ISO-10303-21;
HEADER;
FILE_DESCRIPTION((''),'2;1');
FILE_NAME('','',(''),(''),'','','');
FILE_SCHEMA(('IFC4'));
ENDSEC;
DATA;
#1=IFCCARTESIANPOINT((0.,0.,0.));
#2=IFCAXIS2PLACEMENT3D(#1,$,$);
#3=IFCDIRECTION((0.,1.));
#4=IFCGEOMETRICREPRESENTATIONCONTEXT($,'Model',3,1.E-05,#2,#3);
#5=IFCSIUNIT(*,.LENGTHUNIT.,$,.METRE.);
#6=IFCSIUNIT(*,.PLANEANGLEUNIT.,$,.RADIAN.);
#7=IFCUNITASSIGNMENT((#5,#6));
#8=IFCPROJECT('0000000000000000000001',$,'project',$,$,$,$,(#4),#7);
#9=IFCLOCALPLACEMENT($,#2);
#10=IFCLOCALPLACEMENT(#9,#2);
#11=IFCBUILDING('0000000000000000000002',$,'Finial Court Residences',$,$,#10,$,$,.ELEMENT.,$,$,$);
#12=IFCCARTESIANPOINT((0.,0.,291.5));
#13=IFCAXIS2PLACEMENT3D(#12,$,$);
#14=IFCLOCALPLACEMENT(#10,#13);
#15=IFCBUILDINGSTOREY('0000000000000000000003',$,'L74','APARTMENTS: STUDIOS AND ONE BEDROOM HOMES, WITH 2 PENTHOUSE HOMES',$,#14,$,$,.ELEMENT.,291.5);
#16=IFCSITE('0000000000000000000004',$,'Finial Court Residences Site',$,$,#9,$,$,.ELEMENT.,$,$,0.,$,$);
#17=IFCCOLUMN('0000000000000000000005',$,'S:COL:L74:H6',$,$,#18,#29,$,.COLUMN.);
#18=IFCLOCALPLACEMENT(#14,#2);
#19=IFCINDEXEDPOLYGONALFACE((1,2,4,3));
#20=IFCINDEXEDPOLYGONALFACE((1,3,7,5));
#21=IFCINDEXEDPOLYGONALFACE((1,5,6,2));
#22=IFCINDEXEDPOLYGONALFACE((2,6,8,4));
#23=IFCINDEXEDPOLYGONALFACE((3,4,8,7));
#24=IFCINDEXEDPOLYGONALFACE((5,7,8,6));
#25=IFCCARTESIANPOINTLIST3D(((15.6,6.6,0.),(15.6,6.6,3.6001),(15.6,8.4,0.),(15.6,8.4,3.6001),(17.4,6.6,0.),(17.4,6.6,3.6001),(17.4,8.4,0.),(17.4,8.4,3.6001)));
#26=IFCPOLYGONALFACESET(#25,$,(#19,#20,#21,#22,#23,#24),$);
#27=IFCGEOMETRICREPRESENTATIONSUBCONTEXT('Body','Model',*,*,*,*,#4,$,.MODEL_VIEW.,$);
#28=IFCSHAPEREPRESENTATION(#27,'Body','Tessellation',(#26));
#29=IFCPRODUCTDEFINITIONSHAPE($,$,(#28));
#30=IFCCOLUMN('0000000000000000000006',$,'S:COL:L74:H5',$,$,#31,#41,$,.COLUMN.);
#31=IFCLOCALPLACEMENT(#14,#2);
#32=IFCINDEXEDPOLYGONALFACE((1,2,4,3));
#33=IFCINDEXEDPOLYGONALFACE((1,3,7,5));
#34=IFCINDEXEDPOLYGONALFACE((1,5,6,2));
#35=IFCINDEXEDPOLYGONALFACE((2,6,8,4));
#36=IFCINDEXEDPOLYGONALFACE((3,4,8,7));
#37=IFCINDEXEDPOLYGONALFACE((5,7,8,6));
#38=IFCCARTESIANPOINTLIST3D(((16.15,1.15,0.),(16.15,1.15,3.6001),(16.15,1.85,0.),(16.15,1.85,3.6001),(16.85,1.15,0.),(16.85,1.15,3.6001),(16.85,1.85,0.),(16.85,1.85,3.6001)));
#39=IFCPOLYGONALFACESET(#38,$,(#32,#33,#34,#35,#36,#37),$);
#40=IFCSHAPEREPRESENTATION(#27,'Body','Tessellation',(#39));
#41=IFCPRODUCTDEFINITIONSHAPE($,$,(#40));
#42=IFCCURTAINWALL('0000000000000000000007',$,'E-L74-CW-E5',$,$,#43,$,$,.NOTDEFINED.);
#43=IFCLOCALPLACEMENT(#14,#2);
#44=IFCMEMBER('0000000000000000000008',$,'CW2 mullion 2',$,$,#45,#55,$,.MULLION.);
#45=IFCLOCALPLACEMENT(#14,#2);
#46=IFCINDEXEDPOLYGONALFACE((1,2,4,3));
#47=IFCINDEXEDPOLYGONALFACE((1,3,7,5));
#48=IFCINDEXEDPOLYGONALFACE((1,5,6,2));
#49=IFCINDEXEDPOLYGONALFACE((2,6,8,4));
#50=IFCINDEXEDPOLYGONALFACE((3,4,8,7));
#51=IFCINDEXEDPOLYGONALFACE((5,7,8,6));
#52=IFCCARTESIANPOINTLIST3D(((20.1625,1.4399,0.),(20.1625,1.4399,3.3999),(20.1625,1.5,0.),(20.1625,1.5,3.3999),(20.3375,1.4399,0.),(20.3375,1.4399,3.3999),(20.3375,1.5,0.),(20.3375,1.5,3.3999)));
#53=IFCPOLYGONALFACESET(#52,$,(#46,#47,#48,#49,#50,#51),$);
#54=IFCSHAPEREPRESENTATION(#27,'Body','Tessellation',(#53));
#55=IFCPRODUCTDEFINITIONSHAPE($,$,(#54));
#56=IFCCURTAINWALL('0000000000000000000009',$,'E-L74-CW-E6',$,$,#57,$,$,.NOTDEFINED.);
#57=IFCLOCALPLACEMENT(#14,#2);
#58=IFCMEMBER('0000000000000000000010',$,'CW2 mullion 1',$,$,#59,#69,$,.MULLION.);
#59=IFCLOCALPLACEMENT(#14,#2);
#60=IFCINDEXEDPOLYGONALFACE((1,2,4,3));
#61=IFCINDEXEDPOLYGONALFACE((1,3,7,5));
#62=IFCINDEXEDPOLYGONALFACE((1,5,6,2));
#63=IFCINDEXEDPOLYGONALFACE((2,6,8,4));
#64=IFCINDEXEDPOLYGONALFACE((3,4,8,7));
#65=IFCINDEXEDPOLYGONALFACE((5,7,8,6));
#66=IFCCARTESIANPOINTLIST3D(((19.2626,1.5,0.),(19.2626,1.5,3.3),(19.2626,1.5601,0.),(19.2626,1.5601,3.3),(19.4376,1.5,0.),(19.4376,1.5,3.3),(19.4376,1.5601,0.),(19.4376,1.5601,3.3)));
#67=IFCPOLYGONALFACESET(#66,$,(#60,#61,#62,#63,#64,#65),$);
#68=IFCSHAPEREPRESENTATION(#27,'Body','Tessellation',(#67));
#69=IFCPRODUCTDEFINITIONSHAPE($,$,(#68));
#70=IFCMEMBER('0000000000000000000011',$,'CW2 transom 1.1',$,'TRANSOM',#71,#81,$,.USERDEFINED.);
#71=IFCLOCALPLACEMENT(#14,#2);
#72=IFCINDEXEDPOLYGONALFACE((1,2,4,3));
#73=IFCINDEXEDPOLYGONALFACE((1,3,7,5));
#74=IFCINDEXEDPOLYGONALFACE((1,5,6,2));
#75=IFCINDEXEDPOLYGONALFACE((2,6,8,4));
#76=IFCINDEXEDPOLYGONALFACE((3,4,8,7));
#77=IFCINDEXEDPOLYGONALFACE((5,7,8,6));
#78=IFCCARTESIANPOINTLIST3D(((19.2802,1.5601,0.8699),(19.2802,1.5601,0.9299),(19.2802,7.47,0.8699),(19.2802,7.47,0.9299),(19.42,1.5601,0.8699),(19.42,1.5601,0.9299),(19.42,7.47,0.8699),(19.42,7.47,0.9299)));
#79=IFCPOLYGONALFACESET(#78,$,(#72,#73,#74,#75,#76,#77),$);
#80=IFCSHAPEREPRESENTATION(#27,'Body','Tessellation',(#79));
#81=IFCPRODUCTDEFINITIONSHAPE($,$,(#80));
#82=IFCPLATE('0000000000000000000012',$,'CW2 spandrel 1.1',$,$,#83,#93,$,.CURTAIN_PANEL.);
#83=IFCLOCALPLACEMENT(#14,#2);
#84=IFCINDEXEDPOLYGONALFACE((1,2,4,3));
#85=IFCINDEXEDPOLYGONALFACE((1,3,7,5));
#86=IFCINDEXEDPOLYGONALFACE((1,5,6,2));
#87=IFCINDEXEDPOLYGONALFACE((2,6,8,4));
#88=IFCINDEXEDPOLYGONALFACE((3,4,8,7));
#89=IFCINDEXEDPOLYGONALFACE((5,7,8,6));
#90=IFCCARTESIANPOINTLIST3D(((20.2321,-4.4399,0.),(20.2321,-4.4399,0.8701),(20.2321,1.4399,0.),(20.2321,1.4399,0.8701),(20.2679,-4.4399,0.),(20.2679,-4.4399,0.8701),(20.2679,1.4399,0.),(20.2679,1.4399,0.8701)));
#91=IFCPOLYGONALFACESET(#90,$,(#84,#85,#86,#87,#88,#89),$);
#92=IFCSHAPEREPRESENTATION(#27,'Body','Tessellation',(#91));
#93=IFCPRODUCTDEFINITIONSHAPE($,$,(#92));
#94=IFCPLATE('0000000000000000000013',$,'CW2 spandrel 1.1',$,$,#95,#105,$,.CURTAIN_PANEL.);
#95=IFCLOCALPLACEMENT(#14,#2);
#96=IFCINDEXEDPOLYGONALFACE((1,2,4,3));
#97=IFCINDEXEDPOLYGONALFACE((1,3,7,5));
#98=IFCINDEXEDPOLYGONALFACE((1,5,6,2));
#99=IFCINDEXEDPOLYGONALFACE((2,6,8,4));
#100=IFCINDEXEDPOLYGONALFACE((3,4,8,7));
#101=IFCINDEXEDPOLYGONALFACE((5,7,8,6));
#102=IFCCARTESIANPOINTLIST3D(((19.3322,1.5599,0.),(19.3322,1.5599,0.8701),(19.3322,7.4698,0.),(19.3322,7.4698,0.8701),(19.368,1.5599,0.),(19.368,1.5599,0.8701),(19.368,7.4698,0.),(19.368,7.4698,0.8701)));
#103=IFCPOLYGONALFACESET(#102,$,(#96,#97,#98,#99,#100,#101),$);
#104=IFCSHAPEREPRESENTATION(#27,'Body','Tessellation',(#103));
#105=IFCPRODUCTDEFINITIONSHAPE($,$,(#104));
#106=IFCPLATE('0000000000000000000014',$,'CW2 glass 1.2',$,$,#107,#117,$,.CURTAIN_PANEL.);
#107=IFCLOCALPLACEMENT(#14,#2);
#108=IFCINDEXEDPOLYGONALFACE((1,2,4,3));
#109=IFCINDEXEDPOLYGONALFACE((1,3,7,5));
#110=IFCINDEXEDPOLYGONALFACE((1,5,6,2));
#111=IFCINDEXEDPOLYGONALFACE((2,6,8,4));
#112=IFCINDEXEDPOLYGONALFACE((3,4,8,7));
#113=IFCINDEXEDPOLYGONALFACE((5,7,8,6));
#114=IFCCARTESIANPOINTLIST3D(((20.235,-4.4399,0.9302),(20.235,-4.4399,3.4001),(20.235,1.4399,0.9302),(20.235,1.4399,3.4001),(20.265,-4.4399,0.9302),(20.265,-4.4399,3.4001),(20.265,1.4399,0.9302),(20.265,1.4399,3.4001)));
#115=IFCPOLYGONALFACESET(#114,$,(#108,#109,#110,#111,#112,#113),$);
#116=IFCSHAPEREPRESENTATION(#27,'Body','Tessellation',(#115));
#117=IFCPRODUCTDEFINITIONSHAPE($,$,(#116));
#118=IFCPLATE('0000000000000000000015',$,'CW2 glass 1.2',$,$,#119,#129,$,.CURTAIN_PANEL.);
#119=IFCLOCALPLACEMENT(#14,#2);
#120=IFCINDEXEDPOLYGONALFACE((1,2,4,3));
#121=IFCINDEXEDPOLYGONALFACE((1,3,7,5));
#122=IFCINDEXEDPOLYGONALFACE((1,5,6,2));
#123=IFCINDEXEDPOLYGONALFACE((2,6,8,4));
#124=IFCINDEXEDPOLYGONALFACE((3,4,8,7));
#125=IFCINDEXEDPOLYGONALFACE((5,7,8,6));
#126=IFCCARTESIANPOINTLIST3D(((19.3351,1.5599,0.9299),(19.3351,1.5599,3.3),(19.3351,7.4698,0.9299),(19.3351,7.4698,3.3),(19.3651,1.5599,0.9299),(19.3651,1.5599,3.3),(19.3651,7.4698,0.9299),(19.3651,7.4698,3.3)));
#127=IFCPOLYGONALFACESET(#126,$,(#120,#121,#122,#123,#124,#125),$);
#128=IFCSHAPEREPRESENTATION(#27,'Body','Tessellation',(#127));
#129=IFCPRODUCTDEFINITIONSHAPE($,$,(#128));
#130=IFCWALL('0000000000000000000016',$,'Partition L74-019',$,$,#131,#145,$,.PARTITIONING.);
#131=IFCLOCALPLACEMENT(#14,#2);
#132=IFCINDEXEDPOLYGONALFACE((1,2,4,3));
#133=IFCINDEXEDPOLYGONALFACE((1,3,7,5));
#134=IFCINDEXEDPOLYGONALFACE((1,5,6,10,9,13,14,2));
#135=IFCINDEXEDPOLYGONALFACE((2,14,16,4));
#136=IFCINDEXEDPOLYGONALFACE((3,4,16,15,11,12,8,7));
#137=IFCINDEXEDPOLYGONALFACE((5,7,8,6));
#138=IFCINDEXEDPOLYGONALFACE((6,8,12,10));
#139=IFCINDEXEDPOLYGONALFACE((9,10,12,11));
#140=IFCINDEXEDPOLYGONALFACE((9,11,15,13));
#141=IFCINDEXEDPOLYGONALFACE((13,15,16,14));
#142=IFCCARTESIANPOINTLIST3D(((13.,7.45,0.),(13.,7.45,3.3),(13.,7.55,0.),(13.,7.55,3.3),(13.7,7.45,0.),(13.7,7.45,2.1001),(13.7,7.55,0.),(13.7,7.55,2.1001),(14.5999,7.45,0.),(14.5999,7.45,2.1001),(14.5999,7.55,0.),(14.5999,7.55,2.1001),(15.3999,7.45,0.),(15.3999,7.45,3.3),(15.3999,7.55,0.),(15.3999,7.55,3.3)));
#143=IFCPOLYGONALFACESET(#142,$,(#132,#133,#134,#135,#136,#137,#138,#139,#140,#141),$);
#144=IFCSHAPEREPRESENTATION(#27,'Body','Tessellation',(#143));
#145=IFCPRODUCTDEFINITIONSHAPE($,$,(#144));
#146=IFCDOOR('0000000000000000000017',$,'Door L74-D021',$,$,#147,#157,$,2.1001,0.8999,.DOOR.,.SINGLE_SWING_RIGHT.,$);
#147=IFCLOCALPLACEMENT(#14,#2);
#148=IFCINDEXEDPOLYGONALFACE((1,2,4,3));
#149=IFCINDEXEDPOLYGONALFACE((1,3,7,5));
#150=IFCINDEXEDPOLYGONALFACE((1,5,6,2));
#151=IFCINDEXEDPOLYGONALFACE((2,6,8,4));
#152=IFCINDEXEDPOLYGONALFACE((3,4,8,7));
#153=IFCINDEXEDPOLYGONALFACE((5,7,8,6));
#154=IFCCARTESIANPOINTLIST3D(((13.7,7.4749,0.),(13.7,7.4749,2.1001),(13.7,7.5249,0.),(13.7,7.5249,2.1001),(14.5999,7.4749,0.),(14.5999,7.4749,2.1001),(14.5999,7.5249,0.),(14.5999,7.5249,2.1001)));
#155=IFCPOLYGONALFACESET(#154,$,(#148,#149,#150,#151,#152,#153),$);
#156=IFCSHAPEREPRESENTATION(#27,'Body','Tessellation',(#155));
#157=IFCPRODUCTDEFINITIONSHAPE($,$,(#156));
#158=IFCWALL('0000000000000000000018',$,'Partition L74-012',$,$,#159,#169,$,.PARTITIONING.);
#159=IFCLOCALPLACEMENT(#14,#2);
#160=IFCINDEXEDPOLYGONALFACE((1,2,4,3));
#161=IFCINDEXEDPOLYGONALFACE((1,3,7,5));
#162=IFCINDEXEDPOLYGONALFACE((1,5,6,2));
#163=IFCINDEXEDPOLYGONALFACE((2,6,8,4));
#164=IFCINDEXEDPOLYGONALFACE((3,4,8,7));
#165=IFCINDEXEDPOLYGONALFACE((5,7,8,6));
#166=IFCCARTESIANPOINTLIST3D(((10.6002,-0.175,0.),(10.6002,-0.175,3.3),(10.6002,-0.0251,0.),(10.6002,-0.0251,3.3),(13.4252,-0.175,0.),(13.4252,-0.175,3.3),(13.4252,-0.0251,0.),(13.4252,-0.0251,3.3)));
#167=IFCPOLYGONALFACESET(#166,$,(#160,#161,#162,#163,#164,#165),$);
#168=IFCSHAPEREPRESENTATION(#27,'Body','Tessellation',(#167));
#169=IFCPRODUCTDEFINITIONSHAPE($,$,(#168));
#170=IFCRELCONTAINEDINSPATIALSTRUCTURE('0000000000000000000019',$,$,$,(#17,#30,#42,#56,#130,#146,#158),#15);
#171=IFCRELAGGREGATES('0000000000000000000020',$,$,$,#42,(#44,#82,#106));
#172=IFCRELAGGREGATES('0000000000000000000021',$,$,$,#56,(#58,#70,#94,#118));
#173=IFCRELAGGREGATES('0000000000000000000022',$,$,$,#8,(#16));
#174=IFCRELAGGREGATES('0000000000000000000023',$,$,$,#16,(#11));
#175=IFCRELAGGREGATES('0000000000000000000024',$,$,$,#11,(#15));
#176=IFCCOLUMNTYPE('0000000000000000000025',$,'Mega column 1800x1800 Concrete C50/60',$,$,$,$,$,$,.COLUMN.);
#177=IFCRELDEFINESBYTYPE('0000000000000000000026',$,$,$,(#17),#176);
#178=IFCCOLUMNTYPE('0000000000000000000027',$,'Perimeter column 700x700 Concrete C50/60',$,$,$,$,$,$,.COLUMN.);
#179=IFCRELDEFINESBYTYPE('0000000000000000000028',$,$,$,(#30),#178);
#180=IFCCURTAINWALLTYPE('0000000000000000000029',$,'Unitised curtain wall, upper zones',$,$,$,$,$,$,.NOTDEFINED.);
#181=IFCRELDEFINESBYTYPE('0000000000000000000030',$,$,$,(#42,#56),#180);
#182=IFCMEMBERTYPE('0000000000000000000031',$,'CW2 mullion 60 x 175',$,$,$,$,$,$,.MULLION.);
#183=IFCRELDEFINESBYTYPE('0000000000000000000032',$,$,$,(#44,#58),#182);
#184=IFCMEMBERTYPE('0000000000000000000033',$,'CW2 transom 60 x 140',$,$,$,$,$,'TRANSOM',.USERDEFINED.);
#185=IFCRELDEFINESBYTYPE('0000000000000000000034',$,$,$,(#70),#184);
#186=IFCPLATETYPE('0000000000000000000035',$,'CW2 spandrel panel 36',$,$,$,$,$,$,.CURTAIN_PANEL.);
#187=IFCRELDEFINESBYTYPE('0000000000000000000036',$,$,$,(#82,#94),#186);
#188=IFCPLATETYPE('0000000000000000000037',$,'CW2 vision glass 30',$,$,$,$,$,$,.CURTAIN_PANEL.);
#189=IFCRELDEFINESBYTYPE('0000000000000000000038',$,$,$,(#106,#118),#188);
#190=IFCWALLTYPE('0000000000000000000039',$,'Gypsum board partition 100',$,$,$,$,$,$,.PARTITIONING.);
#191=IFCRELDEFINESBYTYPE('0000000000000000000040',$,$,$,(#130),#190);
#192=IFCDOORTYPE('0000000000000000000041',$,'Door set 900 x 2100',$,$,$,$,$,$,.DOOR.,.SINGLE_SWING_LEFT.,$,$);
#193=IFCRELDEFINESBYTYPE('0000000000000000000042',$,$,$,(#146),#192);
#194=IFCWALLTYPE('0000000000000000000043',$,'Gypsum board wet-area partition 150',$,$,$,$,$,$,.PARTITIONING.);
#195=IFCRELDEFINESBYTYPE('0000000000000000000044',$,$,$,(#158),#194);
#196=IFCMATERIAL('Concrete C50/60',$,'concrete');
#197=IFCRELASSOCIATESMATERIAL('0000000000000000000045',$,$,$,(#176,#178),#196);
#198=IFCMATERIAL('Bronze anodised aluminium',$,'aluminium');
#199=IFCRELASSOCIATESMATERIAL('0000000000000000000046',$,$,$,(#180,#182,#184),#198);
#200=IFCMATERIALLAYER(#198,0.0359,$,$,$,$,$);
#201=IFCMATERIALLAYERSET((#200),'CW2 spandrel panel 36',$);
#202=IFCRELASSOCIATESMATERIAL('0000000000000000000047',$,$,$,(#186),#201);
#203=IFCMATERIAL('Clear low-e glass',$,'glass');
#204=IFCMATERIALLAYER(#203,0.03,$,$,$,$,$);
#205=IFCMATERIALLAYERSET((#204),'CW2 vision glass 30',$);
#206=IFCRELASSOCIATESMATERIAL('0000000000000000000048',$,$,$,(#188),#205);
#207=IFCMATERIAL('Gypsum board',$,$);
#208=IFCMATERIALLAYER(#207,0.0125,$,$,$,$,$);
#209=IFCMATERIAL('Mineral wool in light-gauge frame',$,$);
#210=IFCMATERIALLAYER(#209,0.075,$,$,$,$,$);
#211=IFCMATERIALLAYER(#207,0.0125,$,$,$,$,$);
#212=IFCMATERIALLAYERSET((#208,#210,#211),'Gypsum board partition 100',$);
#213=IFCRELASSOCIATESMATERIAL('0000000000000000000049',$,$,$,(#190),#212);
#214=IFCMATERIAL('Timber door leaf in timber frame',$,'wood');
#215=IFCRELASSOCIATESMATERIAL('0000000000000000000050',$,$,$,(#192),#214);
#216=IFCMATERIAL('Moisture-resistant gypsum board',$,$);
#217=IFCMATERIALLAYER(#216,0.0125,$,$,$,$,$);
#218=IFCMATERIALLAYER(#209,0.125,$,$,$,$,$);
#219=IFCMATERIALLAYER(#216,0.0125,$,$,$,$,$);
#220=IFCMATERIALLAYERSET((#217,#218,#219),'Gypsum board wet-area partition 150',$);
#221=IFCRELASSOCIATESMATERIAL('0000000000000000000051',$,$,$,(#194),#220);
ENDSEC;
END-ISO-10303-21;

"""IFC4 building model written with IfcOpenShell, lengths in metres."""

from ifc_helpers import new_model, si_unit, direction, frame, frame_2d, origin, origin_2d, place, context, subcontext, project, spatial, rectangle, extrude, material, layer, layer_set, material_profile, profile_set, type_object, element, fill, aggregate, save


model = new_model("IFC4")

# Units and contexts
model_context = context("Model", 3, precision=1e-05, world=origin(), true_north=direction((0.0, 1.0)))
body_context = subcontext(model_context, "Body", "Model", "MODEL_VIEW")
ifc_project = project(units=[si_unit("LENGTHUNIT", "METRE"), si_unit("PLANEANGLEUNIT", "RADIAN")], contexts=[model_context])

# Site, building, storey
site_placement = place(None, origin())
site = spatial("IfcSite", under=ifc_project, at=site_placement, Name="Finial Court Residences Site", CompositionType="ELEMENT", RefElevation=0.0)
building_placement = place(site_placement, origin())
building = spatial("IfcBuilding", under=site, at=building_placement, Name="Finial Court Residences", CompositionType="ELEMENT")
storey_placement = place(building_placement, frame((0.0, 0.0, 291.5)))
storey = spatial("IfcBuildingStorey", under=building, at=storey_placement, Name="L74", Description="APARTMENTS: STUDIOS AND ONE BEDROOM HOMES, WITH 2 PENTHOUSE HOMES", CompositionType="ELEMENT", Elevation=291.5)

# Columns
ifc_material_1 = material(Name="Concrete C50/60", Category="concrete")
ifc_material_profile_1 = material_profile(ifc_material_1, rectangle(XDim=1.8, YDim=1.8, at=origin_2d()), Name="1800x1800")
ifc_profile_set_1 = profile_set([ifc_material_profile_1], Name="Concrete C50/60")
column_type_1 = type_object("IfcColumnType", Name="Mega column 1800x1800 Concrete C50/60", PredefinedType="COLUMN", material=ifc_profile_set_1)
column_1_placement = place(storey_placement, frame((16.5, 7.5, 0.0), z_axis=(0.0, 0.0, 1.0), x_axis=(1.0, 0.0, 0.0)))
element("IfcColumn", 1, at=column_1_placement, inside=storey, type_object=column_type_1, Name="S:COL:L74:H6", PredefinedType="COLUMN", context=body_context, shape_type="SweptSolid", body=[
    extrude(rectangle(XDim=1.8, YDim=1.8, at=origin_2d()), origin(), (0.0, 0.0, 1.0), 3.6001),
])
ifc_material_profile_2 = material_profile(ifc_material_1, rectangle(XDim=0.7, YDim=0.7, at=origin_2d()), Name="700x700")
ifc_profile_set_2 = profile_set([ifc_material_profile_2], Name="Concrete C50/60")
column_type_2 = type_object("IfcColumnType", Name="Perimeter column 700x700 Concrete C50/60", PredefinedType="COLUMN", material=ifc_profile_set_2)
column_2_placement = place(storey_placement, frame((16.5, 1.5, 0.0), z_axis=(0.0, 0.0, 1.0), x_axis=(1.0, 0.0, 0.0)))
element("IfcColumn", 2, at=column_2_placement, inside=storey, type_object=column_type_2, Name="S:COL:L74:H5", PredefinedType="COLUMN", context=body_context, shape_type="SweptSolid", body=[
    extrude(rectangle(XDim=0.7, YDim=0.7, at=origin_2d()), origin(), (0.0, 0.0, 1.0), 3.6001),
])

# Curtain wall, member
ifc_material_2 = material(Name="Bronze anodised aluminium", Category="aluminium")
curtain_wall_type = type_object("IfcCurtainWallType", Name="Unitised curtain wall, upper zones", PredefinedType="NOTDEFINED", material=ifc_material_2)
curtain_wall_1_placement = place(storey_placement, origin())
curtain_wall_1 = element("IfcCurtainWall", 3, at=curtain_wall_1_placement, inside=storey, type_object=curtain_wall_type, Name="E-L74-CW-E5", PredefinedType="NOTDEFINED")
ifc_material_profile_3 = material_profile(ifc_material_2, rectangle(XDim=0.175, YDim=0.0601, at=origin_2d()), Name="CW2 mullion 60 x 175")
ifc_profile_set_3 = profile_set([ifc_material_profile_3], Name="Bronze anodised aluminium")
member_type_1 = type_object("IfcMemberType", Name="CW2 mullion 60 x 175", PredefinedType="MULLION", material=ifc_profile_set_3)
member_1_placement = place(storey_placement, frame((20.25, 1.47, 0.0), z_axis=(0.0, 0.0, 1.0), x_axis=(-1.0, 0.0, 0.0)))
member_1 = element("IfcMember", 4, at=member_1_placement, type_object=member_type_1, Name="CW2 mullion 2", PredefinedType="MULLION", context=body_context, shape_type="SweptSolid", body=[
    extrude(rectangle(XDim=0.175, YDim=0.0601, at=origin_2d()), origin(), (0.0, 0.0, 1.0), 3.3999),
])

# Curtain wall, members
curtain_wall_2_placement = place(storey_placement, origin())
curtain_wall_2 = element("IfcCurtainWall", 5, at=curtain_wall_2_placement, inside=storey, type_object=curtain_wall_type, Name="E-L74-CW-E6", PredefinedType="NOTDEFINED")
member_2_placement = place(storey_placement, frame((19.3501, 1.53, 0.0), z_axis=(0.0, 0.0, 1.0), x_axis=(-1.0, 0.0, 0.0)))
member_2 = element("IfcMember", 6, at=member_2_placement, type_object=member_type_1, Name="CW2 mullion 1", PredefinedType="MULLION", context=body_context, shape_type="SweptSolid", body=[
    extrude(rectangle(XDim=0.175, YDim=0.0601, at=origin_2d()), origin(), (0.0, 0.0, 1.0), 3.3),
])
ifc_material_profile_4 = material_profile(ifc_material_2, rectangle(XDim=0.1399, YDim=0.0601, at=origin_2d()), Name="CW2 transom 60 x 140")
ifc_profile_set_4 = profile_set([ifc_material_profile_4], Name="Bronze anodised aluminium")
member_type_2 = type_object("IfcMemberType", Name="CW2 transom 60 x 140", ElementType="TRANSOM", PredefinedType="USERDEFINED", material=ifc_profile_set_4)
member_3_placement = place(storey_placement, frame((19.3501, 1.5601, 0.8999), z_axis=(0.0, 1.0, 0.0), x_axis=(-1.0, 0.0, 0.0)))
member_3 = element("IfcMember", 7, at=member_3_placement, type_object=member_type_2, Name="CW2 transom 1.1", ObjectType="TRANSOM", PredefinedType="USERDEFINED", context=body_context, shape_type="SweptSolid", body=[
    extrude(rectangle(XDim=0.1399, YDim=0.0601, at=origin_2d()), origin(), (0.0, 0.0, 1.0), 5.9099),
])

# Plates
ifc_layer_1 = layer(ifc_material_2, 0.0359)
ifc_layer_set_1 = layer_set([ifc_layer_1], Name="CW2 spandrel panel 36")
plate_type_1 = type_object("IfcPlateType", Name="CW2 spandrel panel 36", PredefinedType="CURTAIN_PANEL", material=ifc_layer_set_1)
plate_1_placement = place(storey_placement, frame((20.25, -1.5, 0.0), z_axis=(0.0, 0.0, 1.0), x_axis=(0.0, 1.0, 0.0)))
plate_1 = element("IfcPlate", 8, at=plate_1_placement, type_object=plate_type_1, Name="CW2 spandrel 1.1", PredefinedType="CURTAIN_PANEL", context=body_context, shape_type="SweptSolid", body=[
    extrude(rectangle(XDim=5.8799, YDim=0.0359, at=origin_2d()), origin(), (0.0, 0.0, 1.0), 0.8701),
])
plate_2_placement = place(storey_placement, frame((19.3501, 4.5149, 0.0), z_axis=(0.0, 0.0, 1.0), x_axis=(0.0, 1.0, 0.0)))
plate_2 = element("IfcPlate", 9, at=plate_2_placement, type_object=plate_type_1, Name="CW2 spandrel 1.1", PredefinedType="CURTAIN_PANEL", context=body_context, shape_type="SweptSolid", body=[
    extrude(rectangle(XDim=5.9099, YDim=0.0359, at=origin_2d()), origin(), (0.0, 0.0, 1.0), 0.8701),
])
ifc_material_3 = material(Name="Clear low-e glass", Category="glass")
ifc_layer_2 = layer(ifc_material_3, 0.03)
ifc_layer_set_2 = layer_set([ifc_layer_2], Name="CW2 vision glass 30")
plate_type_2 = type_object("IfcPlateType", Name="CW2 vision glass 30", PredefinedType="CURTAIN_PANEL", material=ifc_layer_set_2)
plate_3_placement = place(storey_placement, frame((20.25, -1.5, 0.9302), z_axis=(0.0, 0.0, 1.0), x_axis=(0.0, 1.0, 0.0)))
plate_3 = element("IfcPlate", 10, at=plate_3_placement, type_object=plate_type_2, Name="CW2 glass 1.2", PredefinedType="CURTAIN_PANEL", context=body_context, shape_type="SweptSolid", body=[
    extrude(rectangle(XDim=5.8799, YDim=0.03, at=origin_2d()), origin(), (0.0, 0.0, 1.0), 2.47),
])
aggregate(curtain_wall_1, [member_1, plate_1, plate_3])
plate_4_placement = place(storey_placement, frame((19.3501, 4.5149, 0.9299), z_axis=(0.0, 0.0, 1.0), x_axis=(0.0, 1.0, 0.0)))
plate_4 = element("IfcPlate", 11, at=plate_4_placement, type_object=plate_type_2, Name="CW2 glass 1.2", PredefinedType="CURTAIN_PANEL", context=body_context, shape_type="SweptSolid", body=[
    extrude(rectangle(XDim=5.9099, YDim=0.03, at=origin_2d()), origin(), (0.0, 0.0, 1.0), 2.3701),
])
aggregate(curtain_wall_2, [member_2, member_3, plate_2, plate_4])

# Wall, opening, door
ifc_material_4 = material(Name="Gypsum board")
ifc_layer_3 = layer(ifc_material_4, 0.0125)
ifc_material_5 = material(Name="Mineral wool in light-gauge frame")
ifc_layer_4 = layer(ifc_material_5, 0.075)
ifc_layer_5 = layer(ifc_material_4, 0.0125)
ifc_layer_set_3 = layer_set([ifc_layer_3, ifc_layer_4, ifc_layer_5], Name="Gypsum board partition 100")
wall_type_1 = type_object("IfcWallType", Name="Gypsum board partition 100", PredefinedType="PARTITIONING", material=ifc_layer_set_3)
wall_1_placement = place(storey_placement, frame((13.0, 7.5, 0.0), z_axis=(0.0, 0.0, 1.0), x_axis=(1.0, 0.0, 0.0)))
wall_1 = element("IfcWall", 12, at=wall_1_placement, inside=storey, type_object=wall_type_1, Name="Partition L74-019", PredefinedType="PARTITIONING", context=body_context, shape_type="SweptSolid", body=[
    extrude(rectangle(XDim=2.3999, YDim=0.1001, at=frame_2d((1.2, 0.0))), origin(), (0.0, 0.0, 1.0), 3.3),
])
opening_1_placement = place(wall_1_placement, frame((0.7, 0.0, 0.0)))
opening_1 = element("IfcOpeningElement", 13, at=opening_1_placement, cuts=wall_1, PredefinedType="OPENING", context=body_context, shape_type="SweptSolid", body=[
    extrude(rectangle(XDim=0.8999, YDim=2.1001, at=frame_2d((0.45, 1.05))), frame((0.0, 0.0601, 0.0), z_axis=(0.0, -1.0, 0.0), x_axis=(1.0, 0.0, 0.0)), (0.0, 0.0, 1.0), 0.1201),
])
ifc_material_6 = material(Name="Timber door leaf in timber frame", Category="wood")
door_type = type_object("IfcDoorType", Name="Door set 900 x 2100", OperationType="SINGLE_SWING_LEFT", PredefinedType="DOOR", material=ifc_material_6)
door_1_placement = place(opening_1_placement, origin())
door_1 = element("IfcDoor", 14, at=door_1_placement, inside=storey, type_object=door_type, Name="Door L74-D021", OperationType="SINGLE_SWING_RIGHT", OverallHeight=2.1001, OverallWidth=0.8999, PredefinedType="DOOR", context=body_context, shape_type="SweptSolid", body=[
    extrude(rectangle(XDim=0.8999, YDim=2.1001, at=frame_2d((0.45, 1.05))), frame((0.0, 0.0249, 0.0), z_axis=(0.0, -1.0, 0.0), x_axis=(1.0, 0.0, 0.0)), (0.0, 0.0, 1.0), 0.05),
])
fill(opening_1, door_1)

# Wall
ifc_material_7 = material(Name="Moisture-resistant gypsum board")
ifc_layer_6 = layer(ifc_material_7, 0.0125)
ifc_layer_7 = layer(ifc_material_5, 0.125)
ifc_layer_8 = layer(ifc_material_7, 0.0125)
ifc_layer_set_4 = layer_set([ifc_layer_6, ifc_layer_7, ifc_layer_8], Name="Gypsum board wet-area partition 150")
wall_type_2 = type_object("IfcWallType", Name="Gypsum board wet-area partition 150", PredefinedType="PARTITIONING", material=ifc_layer_set_4)
wall_2_placement = place(storey_placement, frame((10.6001, -0.1001, 0.0), z_axis=(0.0, 0.0, 1.0), x_axis=(1.0, 0.0, 0.0)))
element("IfcWall", 15, at=wall_2_placement, inside=storey, type_object=wall_type_2, Name="Partition L74-012", PredefinedType="PARTITIONING", context=body_context, shape_type="SweptSolid", body=[
    extrude(rectangle(XDim=2.825, YDim=0.1499, at=frame_2d((1.4126, 0.0))), origin(), (0.0, 0.0, 1.0), 3.3),
])

save(model, "model.ifc")
